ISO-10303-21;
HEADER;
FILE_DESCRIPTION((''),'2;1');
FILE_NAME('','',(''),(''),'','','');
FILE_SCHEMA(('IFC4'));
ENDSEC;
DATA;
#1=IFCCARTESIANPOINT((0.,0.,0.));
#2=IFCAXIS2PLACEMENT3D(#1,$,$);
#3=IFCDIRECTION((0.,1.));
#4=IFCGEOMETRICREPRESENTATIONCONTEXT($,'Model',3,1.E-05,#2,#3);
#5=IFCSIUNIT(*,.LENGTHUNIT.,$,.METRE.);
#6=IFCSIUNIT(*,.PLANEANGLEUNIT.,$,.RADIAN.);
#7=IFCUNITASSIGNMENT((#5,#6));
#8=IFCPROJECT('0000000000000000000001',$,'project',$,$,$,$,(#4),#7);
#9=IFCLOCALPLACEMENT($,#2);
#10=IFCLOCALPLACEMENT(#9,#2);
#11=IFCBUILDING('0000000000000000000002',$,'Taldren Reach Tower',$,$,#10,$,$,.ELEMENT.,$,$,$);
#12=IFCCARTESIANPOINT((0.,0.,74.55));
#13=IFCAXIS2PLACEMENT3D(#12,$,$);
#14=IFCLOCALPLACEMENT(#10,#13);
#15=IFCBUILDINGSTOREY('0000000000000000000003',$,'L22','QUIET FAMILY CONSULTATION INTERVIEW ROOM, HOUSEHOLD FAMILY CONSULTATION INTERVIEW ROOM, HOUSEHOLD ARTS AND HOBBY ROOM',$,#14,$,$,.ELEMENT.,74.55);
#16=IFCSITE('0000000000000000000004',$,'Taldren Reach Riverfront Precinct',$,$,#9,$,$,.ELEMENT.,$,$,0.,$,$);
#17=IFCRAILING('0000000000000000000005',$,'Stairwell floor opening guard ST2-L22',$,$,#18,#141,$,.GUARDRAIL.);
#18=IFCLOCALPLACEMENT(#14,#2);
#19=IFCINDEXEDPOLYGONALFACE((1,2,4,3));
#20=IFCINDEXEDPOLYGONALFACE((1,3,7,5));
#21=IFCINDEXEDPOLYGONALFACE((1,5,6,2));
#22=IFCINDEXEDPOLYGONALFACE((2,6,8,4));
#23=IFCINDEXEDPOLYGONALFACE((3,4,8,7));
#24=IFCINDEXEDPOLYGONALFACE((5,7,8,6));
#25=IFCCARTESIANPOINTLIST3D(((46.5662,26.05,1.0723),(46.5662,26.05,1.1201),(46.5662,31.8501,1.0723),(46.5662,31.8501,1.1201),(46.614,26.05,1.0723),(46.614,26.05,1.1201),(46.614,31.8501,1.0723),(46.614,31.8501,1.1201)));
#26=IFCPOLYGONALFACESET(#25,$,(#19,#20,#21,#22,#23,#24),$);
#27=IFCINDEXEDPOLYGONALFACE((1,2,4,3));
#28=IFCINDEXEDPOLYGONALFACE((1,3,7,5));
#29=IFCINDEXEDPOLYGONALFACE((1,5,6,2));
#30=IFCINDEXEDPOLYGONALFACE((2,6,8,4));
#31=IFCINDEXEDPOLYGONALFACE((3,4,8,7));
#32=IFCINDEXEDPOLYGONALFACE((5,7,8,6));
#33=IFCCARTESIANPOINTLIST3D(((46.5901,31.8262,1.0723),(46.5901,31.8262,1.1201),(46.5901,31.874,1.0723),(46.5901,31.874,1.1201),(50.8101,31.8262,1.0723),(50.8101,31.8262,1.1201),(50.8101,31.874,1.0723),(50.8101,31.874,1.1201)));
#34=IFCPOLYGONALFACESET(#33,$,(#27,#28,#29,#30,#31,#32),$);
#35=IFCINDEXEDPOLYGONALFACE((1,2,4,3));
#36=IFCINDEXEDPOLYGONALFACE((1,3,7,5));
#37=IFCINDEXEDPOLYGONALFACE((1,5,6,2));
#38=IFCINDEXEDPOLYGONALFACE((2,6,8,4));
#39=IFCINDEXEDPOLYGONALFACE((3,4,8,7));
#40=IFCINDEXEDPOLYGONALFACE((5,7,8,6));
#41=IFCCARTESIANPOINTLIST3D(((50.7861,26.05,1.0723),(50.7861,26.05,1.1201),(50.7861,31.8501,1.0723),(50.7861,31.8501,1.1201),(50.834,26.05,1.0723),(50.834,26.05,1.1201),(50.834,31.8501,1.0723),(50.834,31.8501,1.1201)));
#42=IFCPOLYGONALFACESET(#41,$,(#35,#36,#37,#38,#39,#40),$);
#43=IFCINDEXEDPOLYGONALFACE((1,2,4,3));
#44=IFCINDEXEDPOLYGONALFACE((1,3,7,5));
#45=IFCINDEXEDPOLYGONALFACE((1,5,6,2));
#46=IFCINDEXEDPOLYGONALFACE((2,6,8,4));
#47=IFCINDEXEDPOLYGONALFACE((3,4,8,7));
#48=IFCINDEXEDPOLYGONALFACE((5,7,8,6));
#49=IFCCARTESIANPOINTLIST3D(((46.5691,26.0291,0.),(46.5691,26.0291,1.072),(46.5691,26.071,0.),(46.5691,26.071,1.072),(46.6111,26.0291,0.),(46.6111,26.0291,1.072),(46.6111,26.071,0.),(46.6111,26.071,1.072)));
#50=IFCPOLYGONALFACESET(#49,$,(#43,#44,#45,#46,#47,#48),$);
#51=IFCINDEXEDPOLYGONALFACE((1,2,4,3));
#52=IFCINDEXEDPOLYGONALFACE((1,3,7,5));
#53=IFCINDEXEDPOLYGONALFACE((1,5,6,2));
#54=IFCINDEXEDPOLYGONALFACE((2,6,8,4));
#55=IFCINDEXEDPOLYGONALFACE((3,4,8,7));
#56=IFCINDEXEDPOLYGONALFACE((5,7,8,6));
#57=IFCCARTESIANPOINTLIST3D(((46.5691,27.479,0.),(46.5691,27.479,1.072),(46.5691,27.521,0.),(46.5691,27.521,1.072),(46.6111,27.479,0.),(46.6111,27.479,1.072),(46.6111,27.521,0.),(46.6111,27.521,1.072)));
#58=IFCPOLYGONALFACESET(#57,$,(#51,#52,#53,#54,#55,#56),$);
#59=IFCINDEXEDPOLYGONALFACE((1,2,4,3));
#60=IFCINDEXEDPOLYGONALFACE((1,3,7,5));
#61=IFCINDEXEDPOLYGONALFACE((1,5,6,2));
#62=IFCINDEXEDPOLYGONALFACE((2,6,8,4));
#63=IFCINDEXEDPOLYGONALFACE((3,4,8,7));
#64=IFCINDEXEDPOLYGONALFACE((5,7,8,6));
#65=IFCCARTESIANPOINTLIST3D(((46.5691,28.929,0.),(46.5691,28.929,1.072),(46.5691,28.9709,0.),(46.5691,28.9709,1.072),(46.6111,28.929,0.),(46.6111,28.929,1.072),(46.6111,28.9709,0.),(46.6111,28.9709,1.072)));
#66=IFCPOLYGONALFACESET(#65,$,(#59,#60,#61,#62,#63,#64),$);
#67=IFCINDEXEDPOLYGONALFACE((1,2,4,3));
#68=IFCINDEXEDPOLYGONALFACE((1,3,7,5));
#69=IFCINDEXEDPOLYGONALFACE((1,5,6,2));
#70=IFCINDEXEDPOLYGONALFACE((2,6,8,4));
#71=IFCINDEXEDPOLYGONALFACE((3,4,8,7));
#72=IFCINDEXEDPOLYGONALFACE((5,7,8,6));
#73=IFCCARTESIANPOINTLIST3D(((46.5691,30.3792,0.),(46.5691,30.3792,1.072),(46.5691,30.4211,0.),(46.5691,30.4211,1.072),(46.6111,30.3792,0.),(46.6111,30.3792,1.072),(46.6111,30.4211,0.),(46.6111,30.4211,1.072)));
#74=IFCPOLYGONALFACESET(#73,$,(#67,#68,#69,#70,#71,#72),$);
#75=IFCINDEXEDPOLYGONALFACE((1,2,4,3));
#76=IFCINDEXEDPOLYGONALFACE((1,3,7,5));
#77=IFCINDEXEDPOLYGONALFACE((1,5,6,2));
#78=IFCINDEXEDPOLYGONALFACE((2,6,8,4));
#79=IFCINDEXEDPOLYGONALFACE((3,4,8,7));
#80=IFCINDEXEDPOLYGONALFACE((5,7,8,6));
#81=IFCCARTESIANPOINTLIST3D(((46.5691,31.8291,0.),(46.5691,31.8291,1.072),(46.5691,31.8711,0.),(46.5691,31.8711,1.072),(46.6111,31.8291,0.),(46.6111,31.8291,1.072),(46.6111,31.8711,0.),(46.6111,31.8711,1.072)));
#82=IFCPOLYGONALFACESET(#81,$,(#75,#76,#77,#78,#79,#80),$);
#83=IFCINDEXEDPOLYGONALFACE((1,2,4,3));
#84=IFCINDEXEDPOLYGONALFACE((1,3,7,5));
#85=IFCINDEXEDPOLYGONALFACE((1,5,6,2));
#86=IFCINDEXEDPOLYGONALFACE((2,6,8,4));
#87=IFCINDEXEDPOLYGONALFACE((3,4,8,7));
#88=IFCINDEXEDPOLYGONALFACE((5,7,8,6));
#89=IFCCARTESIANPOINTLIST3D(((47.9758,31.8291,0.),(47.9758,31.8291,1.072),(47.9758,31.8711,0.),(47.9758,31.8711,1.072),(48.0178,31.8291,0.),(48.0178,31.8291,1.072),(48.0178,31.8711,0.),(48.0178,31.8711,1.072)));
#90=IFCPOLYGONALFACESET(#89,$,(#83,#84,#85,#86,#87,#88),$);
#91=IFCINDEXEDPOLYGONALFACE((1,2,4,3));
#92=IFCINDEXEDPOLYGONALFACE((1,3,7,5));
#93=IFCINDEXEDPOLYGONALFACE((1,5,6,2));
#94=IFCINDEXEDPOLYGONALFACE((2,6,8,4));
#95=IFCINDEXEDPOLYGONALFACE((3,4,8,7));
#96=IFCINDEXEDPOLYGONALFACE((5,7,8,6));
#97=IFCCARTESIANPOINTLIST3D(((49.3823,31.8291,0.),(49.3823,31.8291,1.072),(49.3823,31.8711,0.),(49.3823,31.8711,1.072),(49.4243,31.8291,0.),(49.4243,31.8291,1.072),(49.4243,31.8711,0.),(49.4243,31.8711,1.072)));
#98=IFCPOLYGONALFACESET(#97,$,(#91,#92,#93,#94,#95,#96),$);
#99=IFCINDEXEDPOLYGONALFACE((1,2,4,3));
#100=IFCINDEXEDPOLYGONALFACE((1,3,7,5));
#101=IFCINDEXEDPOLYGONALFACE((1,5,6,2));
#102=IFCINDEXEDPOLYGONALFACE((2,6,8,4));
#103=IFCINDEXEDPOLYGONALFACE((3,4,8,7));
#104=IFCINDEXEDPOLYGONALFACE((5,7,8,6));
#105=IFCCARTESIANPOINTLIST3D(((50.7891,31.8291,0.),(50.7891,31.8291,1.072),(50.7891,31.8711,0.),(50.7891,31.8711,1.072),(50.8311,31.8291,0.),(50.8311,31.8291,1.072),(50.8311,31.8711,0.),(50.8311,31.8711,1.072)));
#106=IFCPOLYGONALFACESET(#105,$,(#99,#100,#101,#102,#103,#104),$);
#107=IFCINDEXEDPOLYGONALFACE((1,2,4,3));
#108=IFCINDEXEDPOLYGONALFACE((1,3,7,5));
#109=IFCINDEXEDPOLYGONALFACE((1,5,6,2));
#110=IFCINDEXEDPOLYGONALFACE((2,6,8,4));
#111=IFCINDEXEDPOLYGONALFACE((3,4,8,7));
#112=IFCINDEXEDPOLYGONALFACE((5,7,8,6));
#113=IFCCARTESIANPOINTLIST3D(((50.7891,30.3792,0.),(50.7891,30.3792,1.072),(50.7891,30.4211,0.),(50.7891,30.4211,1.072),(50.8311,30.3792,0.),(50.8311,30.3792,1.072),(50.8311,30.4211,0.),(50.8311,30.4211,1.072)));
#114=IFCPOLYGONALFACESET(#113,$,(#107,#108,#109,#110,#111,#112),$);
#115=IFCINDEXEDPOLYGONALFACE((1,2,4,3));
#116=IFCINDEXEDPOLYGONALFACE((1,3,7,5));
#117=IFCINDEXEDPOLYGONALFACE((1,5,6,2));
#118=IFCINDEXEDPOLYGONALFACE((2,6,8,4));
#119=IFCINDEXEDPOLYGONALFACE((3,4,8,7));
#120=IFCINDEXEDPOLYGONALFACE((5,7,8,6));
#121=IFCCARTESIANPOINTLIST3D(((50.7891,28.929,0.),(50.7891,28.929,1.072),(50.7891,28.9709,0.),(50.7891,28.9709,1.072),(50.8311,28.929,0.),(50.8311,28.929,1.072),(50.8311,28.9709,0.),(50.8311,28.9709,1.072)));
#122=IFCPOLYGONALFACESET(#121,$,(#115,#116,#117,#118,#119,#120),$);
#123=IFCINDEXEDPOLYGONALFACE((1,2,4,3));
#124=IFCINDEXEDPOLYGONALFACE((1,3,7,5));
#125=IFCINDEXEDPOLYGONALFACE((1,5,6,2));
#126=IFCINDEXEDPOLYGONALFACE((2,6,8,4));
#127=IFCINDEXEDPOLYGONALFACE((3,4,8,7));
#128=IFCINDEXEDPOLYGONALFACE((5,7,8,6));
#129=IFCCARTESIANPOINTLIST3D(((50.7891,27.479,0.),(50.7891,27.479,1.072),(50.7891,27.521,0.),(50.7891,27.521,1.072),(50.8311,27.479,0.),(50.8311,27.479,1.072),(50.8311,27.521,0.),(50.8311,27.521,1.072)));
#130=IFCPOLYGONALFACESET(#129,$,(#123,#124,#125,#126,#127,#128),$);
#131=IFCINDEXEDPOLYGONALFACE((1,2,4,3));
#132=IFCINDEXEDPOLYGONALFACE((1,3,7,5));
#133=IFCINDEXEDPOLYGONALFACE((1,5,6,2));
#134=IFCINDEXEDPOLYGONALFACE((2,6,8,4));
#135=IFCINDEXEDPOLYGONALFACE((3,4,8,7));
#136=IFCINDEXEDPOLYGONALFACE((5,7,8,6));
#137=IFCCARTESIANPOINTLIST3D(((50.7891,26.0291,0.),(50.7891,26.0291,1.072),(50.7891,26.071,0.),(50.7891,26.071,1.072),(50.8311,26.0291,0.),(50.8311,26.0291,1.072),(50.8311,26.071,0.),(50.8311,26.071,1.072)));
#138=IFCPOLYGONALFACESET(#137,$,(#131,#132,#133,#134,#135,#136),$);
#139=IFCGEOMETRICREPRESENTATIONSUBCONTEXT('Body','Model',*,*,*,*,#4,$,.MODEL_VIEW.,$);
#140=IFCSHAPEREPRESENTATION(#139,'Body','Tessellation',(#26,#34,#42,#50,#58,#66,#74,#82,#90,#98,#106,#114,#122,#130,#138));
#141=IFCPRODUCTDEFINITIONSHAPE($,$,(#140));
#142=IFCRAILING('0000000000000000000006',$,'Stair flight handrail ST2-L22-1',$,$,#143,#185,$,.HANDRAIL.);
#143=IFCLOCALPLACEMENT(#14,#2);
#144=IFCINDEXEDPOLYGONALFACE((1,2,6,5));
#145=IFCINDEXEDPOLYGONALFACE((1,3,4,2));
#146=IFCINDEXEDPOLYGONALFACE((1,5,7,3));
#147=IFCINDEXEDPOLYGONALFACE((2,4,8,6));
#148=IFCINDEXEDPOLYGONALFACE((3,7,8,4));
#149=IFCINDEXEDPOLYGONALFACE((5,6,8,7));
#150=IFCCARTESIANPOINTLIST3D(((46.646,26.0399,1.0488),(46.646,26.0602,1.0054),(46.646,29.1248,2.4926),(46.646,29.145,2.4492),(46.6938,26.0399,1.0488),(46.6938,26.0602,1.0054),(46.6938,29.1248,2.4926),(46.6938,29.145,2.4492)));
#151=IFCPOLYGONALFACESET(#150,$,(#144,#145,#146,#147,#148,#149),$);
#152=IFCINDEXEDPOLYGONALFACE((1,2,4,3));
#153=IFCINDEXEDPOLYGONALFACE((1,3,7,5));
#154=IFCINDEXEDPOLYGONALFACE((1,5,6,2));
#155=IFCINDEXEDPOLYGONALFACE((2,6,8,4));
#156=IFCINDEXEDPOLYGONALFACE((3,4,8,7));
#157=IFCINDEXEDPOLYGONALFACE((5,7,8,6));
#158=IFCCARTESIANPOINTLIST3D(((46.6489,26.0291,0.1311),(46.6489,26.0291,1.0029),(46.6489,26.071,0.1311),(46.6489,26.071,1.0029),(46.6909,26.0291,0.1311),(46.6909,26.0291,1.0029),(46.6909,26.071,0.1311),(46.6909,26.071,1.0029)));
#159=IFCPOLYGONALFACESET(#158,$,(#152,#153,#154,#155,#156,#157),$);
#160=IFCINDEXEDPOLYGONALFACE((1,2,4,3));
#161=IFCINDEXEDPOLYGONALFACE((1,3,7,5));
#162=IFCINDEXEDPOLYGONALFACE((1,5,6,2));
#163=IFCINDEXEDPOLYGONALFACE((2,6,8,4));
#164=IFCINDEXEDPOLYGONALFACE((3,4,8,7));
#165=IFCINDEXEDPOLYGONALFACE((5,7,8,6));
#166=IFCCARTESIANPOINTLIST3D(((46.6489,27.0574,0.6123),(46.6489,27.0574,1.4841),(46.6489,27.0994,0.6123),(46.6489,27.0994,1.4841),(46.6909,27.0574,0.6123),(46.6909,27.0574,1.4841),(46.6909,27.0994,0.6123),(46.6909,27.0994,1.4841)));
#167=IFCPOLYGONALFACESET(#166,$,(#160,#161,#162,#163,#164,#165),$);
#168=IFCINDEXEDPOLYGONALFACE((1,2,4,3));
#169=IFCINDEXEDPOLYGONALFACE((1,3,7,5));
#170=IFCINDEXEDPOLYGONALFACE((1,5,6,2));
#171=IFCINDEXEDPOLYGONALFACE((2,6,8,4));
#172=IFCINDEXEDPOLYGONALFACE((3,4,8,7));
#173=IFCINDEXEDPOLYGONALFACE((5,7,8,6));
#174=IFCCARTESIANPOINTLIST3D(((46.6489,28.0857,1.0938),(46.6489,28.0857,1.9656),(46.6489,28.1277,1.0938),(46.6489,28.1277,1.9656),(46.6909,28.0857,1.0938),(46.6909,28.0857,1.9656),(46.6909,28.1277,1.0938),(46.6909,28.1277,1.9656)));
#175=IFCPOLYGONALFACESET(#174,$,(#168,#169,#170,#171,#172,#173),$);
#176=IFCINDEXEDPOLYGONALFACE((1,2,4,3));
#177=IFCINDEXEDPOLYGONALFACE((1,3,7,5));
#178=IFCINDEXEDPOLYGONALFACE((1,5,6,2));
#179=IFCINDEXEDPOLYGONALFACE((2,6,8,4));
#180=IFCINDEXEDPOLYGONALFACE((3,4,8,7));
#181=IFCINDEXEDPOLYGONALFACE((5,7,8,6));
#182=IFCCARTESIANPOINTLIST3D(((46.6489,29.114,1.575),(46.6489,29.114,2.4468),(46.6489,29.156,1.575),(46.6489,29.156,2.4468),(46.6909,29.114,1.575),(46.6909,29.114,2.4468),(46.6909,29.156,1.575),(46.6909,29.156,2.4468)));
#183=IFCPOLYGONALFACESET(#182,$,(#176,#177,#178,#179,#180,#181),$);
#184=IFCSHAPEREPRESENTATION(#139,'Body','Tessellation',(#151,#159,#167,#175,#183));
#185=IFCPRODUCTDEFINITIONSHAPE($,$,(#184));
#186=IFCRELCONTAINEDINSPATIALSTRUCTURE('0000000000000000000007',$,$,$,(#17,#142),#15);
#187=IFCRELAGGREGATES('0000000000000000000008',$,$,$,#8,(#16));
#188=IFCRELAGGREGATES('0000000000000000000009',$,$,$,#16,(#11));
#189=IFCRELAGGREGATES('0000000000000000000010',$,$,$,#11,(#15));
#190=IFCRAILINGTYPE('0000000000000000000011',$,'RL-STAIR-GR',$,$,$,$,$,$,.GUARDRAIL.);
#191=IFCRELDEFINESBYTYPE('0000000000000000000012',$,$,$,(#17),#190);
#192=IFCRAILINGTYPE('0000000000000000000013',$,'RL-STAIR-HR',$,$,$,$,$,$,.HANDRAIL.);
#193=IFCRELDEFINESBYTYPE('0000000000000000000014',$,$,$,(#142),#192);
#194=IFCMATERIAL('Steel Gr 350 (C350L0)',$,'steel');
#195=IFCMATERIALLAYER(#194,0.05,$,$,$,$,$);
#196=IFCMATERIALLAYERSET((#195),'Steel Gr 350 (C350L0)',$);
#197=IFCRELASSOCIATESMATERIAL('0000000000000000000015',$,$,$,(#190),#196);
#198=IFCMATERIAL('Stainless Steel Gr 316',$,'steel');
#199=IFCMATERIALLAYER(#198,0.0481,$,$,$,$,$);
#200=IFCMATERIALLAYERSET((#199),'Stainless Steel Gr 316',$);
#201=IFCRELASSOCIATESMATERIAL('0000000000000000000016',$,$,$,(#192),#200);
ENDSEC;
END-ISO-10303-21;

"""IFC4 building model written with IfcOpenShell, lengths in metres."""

from ifc_helpers import new_model, si_unit, direction, frame, origin, origin_2d, place, context, subcontext, project, spatial, rectangle, extrude, material, layer, layer_set, type_object, element, save


model = new_model("IFC4")

# Units and contexts
model_context = context("Model", 3, precision=1e-05, world=origin(), true_north=direction((0.0, 1.0)))
body_context = subcontext(model_context, "Body", "Model", "MODEL_VIEW")
ifc_project = project(units=[si_unit("LENGTHUNIT", "METRE"), si_unit("PLANEANGLEUNIT", "RADIAN")], contexts=[model_context])

# Site, building, storey
site_placement = place(None, origin())
site = spatial("IfcSite", under=ifc_project, at=site_placement, Name="Taldren Reach Riverfront Precinct", CompositionType="ELEMENT", RefElevation=0.0)
building_placement = place(site_placement, origin())
building = spatial("IfcBuilding", under=site, at=building_placement, Name="Taldren Reach Tower", CompositionType="ELEMENT")
storey_placement = place(building_placement, frame((0.0, 0.0, 74.55)))
storey = spatial("IfcBuildingStorey", under=building, at=storey_placement, Name="L22", Description="QUIET FAMILY CONSULTATION INTERVIEW ROOM, HOUSEHOLD FAMILY CONSULTATION INTERVIEW ROOM, HOUSEHOLD ARTS AND HOBBY ROOM", CompositionType="ELEMENT", Elevation=74.55)

# Shared definitions
ifc_material_1 = material(Name="Steel Gr 350 (C350L0)", Category="steel")

# Railings
ifc_layer_1 = layer(ifc_material_1, 0.05)
ifc_layer_set_1 = layer_set([ifc_layer_1], Name="Steel Gr 350 (C350L0)")
railing_type_1 = type_object("IfcRailingType", Name="RL-STAIR-GR", PredefinedType="GUARDRAIL", material=ifc_layer_set_1)
railing_1_placement = place(storey_placement, frame((46.5901, 26.05, 0.0)))
element("IfcRailing", 1, at=railing_1_placement, inside=storey, type_object=railing_type_1, Name="Stairwell floor opening guard ST2-L22", PredefinedType="GUARDRAIL", context=body_context, shape_type="SweptSolid", body=[
    extrude(rectangle(XDim=0.0479, YDim=0.0479, at=origin_2d()), frame((0.0, 0.0, 1.0962), z_axis=(0.0, 1.0, 0.0), x_axis=(-1.0, 0.0, 0.0)), (0.0, 0.0, 1.0), 5.8),
    extrude(rectangle(XDim=0.0479, YDim=0.0479, at=origin_2d()), frame((0.0, 5.8, 1.0962), z_axis=(1.0, 0.0, 0.0), x_axis=(0.0, 1.0, 0.0)), (0.0, 0.0, 1.0), 4.22),
    extrude(rectangle(XDim=0.0479, YDim=0.0479, at=origin_2d()), frame((4.22, 5.8, 1.0962), z_axis=(0.0, -1.0, 0.0), x_axis=(1.0, 0.0, 0.0)), (0.0, 0.0, 1.0), 5.8),
    extrude(rectangle(XDim=0.042, YDim=0.042, at=origin_2d()), origin(), (0.0, 0.0, 1.0), 1.072),
    extrude(rectangle(XDim=0.042, YDim=0.042, at=origin_2d()), frame((0.0, 1.45, 0.0)), (0.0, 0.0, 1.0), 1.072),
    extrude(rectangle(XDim=0.042, YDim=0.042, at=origin_2d()), frame((0.0, 2.8999, 0.0)), (0.0, 0.0, 1.0), 1.072),
    extrude(rectangle(XDim=0.042, YDim=0.042, at=origin_2d()), frame((0.0, 4.3501, 0.0)), (0.0, 0.0, 1.0), 1.072),
    extrude(rectangle(XDim=0.042, YDim=0.042, at=origin_2d()), frame((0.0, 5.8, 0.0)), (0.0, 0.0, 1.0), 1.072),
    extrude(rectangle(XDim=0.042, YDim=0.042, at=origin_2d()), frame((1.4067, 5.8, 0.0)), (0.0, 0.0, 1.0), 1.072),
    extrude(rectangle(XDim=0.042, YDim=0.042, at=origin_2d()), frame((2.8132, 5.8, 0.0)), (0.0, 0.0, 1.0), 1.072),
    extrude(rectangle(XDim=0.042, YDim=0.042, at=origin_2d()), frame((4.22, 5.8, 0.0)), (0.0, 0.0, 1.0), 1.072),
    extrude(rectangle(XDim=0.042, YDim=0.042, at=origin_2d()), frame((4.22, 4.3501, 0.0)), (0.0, 0.0, 1.0), 1.072),
    extrude(rectangle(XDim=0.042, YDim=0.042, at=origin_2d()), frame((4.22, 2.8999, 0.0)), (0.0, 0.0, 1.0), 1.072),
    extrude(rectangle(XDim=0.042, YDim=0.042, at=origin_2d()), frame((4.22, 1.45, 0.0)), (0.0, 0.0, 1.0), 1.072),
    extrude(rectangle(XDim=0.042, YDim=0.042, at=origin_2d()), frame((4.22, 0.0, 0.0)), (0.0, 0.0, 1.0), 1.072),
])
ifc_material_2 = material(Name="Stainless Steel Gr 316", Category="steel")
ifc_layer_2 = layer(ifc_material_2, 0.0481)
ifc_layer_set_2 = layer_set([ifc_layer_2], Name="Stainless Steel Gr 316")
railing_type_2 = type_object("IfcRailingType", Name="RL-STAIR-HR", PredefinedType="HANDRAIL", material=ifc_layer_set_2)
railing_2_placement = place(storey_placement, frame((46.6699, 26.05, 0.1311)))
element("IfcRailing", 2, at=railing_2_placement, inside=storey, type_object=railing_type_2, Name="Stair flight handrail ST2-L22-1", PredefinedType="HANDRAIL", context=body_context, shape_type="SweptSolid", body=[
    extrude(rectangle(XDim=0.0479, YDim=0.0479, at=origin_2d()), frame((0.0, 0.0, 0.896), z_axis=(0.0, 0.90571, 0.423898), x_axis=(-1.0, 0.0, 0.0)), (0.0, 0.0, 1.0), 3.406),
    extrude(rectangle(XDim=0.042, YDim=0.042, at=origin_2d()), origin(), (0.0, 0.0, 1.0), 0.8718),
    extrude(rectangle(XDim=0.042, YDim=0.042, at=origin_2d()), frame((0.0, 1.0283, 0.4812)), (0.0, 0.0, 1.0), 0.8718),
    extrude(rectangle(XDim=0.042, YDim=0.042, at=origin_2d()), frame((0.0, 2.0566, 0.9626)), (0.0, 0.0, 1.0), 0.8718),
    extrude(rectangle(XDim=0.042, YDim=0.042, at=origin_2d()), frame((0.0, 3.085, 1.4438)), (0.0, 0.0, 1.0), 0.8718),
])

save(model, "model.ifc")
